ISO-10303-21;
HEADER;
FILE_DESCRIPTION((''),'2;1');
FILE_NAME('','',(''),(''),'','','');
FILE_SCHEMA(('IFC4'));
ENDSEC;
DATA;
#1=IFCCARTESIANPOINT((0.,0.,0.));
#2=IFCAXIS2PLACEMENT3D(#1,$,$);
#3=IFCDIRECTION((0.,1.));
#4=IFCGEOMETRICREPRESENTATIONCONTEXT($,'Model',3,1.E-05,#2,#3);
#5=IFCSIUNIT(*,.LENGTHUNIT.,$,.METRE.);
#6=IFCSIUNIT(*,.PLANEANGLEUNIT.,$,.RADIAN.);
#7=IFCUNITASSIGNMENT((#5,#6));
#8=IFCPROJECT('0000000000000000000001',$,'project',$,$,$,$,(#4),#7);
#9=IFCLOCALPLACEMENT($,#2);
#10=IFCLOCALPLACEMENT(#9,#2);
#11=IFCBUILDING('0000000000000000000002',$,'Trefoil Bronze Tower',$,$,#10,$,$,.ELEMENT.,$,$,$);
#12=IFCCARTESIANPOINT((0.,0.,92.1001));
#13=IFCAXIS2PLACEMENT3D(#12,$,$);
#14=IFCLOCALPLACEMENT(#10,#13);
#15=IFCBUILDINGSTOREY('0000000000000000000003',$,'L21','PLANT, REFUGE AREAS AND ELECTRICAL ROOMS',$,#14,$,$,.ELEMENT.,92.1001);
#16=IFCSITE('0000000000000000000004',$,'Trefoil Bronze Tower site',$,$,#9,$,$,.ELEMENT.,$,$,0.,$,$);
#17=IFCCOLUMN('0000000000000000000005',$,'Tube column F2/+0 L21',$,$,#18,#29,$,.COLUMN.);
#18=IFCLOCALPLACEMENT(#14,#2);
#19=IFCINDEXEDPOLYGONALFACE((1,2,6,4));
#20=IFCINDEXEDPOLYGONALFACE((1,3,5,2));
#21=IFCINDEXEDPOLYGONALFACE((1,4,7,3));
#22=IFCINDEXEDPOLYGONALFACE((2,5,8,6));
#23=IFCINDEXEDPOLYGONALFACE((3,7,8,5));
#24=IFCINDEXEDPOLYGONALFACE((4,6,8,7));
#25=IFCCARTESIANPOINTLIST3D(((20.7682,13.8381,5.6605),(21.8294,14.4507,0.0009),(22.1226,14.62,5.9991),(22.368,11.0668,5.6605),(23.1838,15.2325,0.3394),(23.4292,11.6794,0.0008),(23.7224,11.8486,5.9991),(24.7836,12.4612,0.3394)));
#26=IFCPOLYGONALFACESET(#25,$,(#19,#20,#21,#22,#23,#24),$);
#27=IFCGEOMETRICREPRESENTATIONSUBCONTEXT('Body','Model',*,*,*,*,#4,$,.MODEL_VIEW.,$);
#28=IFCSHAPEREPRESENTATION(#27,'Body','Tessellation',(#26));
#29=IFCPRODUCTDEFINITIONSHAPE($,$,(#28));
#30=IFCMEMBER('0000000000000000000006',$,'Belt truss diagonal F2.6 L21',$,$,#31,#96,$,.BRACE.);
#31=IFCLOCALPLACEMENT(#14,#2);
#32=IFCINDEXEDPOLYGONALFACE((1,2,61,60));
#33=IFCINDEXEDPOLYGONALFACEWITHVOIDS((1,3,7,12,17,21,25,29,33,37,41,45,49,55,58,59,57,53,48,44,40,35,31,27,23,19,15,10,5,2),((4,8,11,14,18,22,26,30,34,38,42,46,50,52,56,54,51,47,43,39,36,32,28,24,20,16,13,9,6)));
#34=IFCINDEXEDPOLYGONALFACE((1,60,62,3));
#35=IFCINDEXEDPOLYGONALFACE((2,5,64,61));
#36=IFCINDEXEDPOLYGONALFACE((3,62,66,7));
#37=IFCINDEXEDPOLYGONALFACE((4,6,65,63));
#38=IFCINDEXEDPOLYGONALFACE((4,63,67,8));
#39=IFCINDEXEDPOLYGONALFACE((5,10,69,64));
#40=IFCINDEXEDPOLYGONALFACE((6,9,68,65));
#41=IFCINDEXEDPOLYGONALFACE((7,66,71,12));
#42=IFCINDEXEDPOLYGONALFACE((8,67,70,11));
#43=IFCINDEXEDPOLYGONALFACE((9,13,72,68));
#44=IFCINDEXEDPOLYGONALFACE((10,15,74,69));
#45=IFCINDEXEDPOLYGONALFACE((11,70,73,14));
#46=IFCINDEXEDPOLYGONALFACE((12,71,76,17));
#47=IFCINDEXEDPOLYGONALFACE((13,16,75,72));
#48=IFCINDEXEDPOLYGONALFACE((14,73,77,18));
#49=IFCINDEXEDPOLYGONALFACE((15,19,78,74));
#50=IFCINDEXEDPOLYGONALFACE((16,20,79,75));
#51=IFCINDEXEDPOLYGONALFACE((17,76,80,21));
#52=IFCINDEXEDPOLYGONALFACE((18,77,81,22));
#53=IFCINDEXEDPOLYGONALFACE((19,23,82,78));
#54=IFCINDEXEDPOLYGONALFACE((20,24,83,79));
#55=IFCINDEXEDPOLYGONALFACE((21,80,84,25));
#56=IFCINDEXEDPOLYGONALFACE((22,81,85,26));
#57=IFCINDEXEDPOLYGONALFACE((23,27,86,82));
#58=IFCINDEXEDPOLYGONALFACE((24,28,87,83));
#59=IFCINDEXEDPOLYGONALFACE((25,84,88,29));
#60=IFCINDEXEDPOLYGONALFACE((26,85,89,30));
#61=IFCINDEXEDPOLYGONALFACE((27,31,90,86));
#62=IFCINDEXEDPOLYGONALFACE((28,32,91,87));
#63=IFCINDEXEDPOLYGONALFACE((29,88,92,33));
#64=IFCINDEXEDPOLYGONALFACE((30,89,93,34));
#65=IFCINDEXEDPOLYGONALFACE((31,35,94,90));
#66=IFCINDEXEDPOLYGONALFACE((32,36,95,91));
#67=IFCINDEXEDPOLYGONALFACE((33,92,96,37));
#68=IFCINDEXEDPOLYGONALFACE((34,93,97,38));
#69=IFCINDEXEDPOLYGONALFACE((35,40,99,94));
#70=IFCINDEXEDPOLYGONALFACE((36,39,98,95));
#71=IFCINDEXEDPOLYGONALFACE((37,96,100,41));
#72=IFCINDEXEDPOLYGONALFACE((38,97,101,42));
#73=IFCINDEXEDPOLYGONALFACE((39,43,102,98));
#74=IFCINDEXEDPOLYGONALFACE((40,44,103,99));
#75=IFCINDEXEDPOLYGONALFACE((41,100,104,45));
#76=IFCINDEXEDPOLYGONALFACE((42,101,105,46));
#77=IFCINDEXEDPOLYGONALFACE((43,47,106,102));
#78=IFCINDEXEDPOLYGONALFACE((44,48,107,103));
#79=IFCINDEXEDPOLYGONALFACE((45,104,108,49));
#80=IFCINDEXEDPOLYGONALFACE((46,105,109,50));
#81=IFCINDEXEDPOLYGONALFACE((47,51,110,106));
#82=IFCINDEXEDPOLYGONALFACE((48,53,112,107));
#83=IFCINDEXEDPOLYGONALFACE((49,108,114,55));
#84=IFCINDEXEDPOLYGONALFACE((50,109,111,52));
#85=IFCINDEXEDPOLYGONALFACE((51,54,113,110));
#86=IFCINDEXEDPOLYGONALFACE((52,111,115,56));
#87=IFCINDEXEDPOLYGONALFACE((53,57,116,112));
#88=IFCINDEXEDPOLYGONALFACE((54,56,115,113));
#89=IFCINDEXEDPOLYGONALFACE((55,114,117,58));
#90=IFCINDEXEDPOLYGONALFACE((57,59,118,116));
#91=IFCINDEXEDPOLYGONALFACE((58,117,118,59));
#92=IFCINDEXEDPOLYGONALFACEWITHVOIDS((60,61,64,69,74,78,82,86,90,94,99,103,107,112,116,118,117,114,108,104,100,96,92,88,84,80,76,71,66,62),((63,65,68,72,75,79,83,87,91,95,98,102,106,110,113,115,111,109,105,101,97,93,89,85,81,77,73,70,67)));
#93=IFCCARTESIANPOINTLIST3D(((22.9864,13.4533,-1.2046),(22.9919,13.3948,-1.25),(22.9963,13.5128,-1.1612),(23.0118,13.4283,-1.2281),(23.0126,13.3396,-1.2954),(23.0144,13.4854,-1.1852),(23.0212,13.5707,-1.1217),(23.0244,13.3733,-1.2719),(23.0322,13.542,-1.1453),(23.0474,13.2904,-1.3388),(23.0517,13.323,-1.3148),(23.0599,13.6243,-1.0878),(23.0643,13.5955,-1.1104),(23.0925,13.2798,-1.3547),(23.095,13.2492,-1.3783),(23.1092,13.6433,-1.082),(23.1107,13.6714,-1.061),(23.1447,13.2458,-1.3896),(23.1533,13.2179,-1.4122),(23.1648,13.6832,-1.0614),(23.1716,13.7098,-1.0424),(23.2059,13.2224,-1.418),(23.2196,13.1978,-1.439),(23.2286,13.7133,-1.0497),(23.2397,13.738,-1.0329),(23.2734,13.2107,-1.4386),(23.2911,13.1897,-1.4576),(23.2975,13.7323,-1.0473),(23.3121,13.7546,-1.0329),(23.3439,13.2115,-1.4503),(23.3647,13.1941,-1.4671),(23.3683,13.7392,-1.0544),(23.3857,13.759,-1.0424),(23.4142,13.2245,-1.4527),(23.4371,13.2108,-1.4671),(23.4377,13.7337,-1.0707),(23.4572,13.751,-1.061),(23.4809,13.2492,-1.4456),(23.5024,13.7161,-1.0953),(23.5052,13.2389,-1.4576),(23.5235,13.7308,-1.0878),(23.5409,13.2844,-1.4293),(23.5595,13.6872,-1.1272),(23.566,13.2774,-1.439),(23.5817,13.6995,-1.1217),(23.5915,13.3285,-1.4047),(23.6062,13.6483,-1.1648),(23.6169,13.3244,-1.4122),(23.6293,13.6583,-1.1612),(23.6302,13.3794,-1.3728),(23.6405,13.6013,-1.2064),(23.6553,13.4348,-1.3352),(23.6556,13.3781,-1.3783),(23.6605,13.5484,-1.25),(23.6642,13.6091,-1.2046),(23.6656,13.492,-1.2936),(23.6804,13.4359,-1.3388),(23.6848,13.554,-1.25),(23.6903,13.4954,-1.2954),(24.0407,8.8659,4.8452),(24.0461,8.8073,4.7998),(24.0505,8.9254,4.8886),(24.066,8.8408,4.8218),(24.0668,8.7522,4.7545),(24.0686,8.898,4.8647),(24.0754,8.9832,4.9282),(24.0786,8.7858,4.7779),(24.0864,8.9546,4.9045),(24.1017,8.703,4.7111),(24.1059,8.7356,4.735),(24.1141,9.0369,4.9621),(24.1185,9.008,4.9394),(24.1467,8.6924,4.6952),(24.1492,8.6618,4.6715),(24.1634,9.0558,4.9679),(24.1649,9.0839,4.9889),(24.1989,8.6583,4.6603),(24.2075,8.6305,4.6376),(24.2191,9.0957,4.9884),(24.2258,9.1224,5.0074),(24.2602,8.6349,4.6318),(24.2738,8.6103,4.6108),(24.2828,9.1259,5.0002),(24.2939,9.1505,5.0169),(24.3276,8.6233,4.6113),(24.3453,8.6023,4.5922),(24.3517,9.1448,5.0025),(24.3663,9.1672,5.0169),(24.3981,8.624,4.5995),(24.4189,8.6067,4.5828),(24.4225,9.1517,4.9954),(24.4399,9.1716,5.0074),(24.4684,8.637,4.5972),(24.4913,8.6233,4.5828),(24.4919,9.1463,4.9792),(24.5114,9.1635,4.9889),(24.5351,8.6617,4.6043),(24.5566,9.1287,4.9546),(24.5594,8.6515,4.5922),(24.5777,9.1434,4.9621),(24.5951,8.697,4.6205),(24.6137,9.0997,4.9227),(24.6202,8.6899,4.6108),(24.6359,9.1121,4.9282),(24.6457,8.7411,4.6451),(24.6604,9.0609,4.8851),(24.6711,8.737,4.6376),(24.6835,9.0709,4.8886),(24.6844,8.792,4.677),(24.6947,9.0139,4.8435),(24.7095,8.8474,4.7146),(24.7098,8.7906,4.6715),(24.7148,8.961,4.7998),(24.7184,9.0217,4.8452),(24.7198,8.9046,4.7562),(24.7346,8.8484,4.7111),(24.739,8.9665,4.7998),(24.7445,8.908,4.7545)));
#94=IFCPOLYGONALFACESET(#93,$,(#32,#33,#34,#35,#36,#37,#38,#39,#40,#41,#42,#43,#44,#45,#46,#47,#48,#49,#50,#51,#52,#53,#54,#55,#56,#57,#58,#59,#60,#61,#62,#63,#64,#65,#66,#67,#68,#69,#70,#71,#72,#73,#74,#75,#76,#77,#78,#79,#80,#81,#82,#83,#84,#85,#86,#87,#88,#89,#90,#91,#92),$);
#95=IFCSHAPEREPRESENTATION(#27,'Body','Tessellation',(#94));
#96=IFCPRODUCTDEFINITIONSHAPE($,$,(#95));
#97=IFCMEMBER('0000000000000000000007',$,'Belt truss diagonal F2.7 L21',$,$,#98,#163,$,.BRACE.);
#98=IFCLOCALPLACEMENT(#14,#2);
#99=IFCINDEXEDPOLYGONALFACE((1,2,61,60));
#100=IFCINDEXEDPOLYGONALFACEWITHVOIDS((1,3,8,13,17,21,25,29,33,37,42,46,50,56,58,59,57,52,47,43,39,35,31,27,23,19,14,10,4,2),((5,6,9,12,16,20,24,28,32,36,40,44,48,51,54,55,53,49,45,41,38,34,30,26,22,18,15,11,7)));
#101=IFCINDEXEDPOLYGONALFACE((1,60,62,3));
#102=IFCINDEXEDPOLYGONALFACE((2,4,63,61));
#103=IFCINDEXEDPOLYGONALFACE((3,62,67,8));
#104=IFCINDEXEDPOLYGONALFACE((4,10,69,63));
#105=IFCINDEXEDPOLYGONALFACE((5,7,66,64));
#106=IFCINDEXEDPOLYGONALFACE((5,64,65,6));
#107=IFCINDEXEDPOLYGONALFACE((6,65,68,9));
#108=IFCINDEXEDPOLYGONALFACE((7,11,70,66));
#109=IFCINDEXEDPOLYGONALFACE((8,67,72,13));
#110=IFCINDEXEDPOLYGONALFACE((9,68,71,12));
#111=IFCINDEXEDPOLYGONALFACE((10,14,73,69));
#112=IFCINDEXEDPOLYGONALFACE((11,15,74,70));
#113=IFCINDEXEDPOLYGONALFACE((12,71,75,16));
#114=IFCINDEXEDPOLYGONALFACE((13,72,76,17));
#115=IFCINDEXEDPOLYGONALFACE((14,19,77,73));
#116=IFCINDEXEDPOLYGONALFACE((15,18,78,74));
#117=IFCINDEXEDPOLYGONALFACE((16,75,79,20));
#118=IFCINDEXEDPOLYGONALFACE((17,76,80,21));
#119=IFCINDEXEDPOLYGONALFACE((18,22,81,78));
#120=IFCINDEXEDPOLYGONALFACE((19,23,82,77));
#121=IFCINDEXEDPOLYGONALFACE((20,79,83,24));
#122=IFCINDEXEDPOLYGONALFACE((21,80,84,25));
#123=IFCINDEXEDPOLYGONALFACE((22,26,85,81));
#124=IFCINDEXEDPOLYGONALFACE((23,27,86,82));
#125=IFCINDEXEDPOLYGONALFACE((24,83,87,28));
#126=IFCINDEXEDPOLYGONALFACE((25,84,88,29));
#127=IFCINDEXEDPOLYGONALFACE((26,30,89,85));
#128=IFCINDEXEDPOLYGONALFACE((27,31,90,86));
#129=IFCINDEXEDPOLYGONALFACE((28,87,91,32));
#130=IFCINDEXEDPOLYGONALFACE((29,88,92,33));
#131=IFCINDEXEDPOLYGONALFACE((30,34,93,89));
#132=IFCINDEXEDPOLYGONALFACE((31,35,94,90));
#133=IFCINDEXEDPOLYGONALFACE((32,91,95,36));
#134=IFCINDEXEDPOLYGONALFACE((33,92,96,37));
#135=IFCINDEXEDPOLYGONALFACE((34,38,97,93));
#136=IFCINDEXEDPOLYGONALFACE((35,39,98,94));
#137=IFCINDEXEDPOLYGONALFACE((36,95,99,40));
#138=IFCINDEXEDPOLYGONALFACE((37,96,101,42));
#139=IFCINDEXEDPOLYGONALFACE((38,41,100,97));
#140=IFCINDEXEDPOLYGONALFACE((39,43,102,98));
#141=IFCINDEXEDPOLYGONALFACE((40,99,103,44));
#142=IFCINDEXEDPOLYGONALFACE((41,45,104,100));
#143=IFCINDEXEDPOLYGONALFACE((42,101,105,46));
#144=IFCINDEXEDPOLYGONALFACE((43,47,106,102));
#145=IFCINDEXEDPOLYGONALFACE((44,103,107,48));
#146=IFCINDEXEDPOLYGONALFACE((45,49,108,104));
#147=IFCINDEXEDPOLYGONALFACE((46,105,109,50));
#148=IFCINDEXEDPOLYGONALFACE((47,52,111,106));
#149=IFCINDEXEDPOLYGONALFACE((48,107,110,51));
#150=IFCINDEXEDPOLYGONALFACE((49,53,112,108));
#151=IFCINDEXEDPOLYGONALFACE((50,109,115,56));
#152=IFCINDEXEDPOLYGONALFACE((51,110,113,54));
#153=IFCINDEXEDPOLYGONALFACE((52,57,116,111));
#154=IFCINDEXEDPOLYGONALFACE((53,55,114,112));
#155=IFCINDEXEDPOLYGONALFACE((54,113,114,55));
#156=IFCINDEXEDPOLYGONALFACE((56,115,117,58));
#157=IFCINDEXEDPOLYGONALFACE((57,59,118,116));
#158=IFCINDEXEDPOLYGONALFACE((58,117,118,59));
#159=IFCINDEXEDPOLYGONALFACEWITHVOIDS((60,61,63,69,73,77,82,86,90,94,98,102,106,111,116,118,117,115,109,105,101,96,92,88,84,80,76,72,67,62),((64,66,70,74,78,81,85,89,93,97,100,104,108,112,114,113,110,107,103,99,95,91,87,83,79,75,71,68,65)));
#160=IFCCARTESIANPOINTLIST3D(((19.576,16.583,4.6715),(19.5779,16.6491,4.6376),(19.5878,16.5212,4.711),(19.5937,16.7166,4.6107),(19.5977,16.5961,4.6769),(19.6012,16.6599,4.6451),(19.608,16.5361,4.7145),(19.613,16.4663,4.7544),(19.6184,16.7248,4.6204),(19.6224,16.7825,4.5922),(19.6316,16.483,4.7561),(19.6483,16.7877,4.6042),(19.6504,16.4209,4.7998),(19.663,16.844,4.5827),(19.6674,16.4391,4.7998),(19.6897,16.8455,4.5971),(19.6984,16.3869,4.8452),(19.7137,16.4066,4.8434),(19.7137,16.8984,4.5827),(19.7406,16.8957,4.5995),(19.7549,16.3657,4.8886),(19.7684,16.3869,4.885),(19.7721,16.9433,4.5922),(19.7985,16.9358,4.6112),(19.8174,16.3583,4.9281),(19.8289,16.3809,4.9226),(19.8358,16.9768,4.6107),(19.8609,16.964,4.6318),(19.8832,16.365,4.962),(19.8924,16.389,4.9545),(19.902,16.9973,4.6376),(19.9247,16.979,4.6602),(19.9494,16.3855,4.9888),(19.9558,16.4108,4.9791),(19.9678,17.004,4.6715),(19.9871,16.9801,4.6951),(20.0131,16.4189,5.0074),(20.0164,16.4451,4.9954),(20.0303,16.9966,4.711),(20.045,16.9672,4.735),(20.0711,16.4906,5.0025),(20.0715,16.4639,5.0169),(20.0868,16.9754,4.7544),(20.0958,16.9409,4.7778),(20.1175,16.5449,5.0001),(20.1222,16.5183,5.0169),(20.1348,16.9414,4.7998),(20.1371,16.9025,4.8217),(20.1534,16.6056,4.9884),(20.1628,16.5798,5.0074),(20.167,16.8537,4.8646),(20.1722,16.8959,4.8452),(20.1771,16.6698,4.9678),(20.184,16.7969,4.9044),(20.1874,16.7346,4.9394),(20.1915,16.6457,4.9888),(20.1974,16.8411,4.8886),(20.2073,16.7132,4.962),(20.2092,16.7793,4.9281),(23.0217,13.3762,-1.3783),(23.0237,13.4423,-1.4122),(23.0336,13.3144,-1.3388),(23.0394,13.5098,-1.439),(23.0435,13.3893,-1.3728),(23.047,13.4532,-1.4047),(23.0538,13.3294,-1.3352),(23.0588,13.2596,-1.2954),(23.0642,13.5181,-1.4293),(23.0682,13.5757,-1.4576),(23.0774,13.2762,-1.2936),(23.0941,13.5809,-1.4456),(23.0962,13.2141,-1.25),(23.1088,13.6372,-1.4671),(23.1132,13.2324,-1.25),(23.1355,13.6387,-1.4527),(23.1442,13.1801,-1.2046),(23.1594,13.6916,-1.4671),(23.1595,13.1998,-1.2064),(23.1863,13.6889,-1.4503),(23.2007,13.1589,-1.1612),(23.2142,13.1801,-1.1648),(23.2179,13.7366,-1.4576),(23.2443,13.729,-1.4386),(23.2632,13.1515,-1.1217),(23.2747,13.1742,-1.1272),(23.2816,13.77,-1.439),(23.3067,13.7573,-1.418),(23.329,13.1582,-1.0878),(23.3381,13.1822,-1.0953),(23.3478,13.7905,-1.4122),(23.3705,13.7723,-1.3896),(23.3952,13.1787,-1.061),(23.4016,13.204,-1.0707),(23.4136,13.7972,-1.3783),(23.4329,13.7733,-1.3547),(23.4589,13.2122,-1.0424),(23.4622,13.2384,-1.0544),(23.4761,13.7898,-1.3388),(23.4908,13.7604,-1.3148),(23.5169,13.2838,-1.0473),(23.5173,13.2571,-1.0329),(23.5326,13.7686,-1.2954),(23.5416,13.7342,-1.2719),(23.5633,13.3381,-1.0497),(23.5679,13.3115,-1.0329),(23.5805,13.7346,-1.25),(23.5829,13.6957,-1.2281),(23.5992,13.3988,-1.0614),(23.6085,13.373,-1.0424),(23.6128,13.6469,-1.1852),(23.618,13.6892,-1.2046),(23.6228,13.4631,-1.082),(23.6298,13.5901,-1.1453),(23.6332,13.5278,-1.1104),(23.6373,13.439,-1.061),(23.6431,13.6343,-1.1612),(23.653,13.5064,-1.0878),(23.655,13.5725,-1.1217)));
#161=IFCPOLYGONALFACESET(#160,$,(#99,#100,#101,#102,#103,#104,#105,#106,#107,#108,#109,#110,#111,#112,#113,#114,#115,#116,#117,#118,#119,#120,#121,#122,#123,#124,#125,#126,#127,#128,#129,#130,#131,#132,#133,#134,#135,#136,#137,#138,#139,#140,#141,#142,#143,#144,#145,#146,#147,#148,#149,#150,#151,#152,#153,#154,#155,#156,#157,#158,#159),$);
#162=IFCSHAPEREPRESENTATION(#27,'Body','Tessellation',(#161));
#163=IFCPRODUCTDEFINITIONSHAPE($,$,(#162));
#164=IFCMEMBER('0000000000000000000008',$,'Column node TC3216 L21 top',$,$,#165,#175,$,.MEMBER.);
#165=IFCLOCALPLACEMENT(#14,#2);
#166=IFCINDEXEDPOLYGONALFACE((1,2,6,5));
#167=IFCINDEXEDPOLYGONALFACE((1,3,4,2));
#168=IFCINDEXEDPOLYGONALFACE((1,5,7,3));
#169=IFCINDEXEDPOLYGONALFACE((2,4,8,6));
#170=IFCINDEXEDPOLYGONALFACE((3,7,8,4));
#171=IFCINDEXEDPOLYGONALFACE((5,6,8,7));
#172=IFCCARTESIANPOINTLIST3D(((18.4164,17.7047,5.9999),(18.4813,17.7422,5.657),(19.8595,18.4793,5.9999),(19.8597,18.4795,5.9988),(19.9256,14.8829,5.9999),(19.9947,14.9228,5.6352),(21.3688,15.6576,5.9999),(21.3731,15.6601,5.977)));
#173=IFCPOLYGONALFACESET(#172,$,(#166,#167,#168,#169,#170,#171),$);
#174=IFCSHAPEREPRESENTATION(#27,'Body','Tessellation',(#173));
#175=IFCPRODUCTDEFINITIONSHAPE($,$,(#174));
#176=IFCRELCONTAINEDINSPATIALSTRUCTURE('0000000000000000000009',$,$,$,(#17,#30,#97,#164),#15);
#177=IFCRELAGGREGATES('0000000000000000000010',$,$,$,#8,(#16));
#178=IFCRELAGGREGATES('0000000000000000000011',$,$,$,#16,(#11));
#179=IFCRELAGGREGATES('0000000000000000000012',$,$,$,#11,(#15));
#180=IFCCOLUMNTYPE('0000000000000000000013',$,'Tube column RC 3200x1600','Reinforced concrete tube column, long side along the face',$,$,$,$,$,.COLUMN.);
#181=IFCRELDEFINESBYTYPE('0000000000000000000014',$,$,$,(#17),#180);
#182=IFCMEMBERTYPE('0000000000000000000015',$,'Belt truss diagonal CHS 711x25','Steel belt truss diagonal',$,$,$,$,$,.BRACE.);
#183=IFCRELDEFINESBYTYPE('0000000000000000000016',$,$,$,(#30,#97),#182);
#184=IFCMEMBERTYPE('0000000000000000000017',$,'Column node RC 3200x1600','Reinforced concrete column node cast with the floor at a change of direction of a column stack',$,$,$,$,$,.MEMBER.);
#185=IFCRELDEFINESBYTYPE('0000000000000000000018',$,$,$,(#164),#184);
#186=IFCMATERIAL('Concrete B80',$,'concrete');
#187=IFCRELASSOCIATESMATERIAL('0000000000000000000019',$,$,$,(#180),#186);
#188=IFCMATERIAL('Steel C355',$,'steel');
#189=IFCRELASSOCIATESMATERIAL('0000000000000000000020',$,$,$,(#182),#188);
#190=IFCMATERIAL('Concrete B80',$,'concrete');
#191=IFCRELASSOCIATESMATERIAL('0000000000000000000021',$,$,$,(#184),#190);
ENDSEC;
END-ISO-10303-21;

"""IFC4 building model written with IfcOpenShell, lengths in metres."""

from ifc_helpers import new_model, si_unit, direction, frame, origin, origin_2d, place, context, subcontext, project, spatial, rectangle, hollow_circle, extrude, clip, halfspace, material, material_profile, profile_set, type_object, element, save


model = new_model("IFC4")

# Units and contexts
model_context = context("Model", 3, precision=1e-05, world=origin(), true_north=direction((0.0, 1.0)))
body_context = subcontext(model_context, "Body", "Model", "MODEL_VIEW")
ifc_project = project(units=[si_unit("LENGTHUNIT", "METRE"), si_unit("PLANEANGLEUNIT", "RADIAN")], contexts=[model_context])

# Site, building, storey
site_placement = place(None, origin())
site = spatial("IfcSite", under=ifc_project, at=site_placement, Name="Trefoil Bronze Tower site", CompositionType="ELEMENT", RefElevation=0.0)
building_placement = place(site_placement, origin())
building = spatial("IfcBuilding", under=site, at=building_placement, Name="Trefoil Bronze Tower", CompositionType="ELEMENT")
storey_placement = place(building_placement, frame((0.0, 0.0, 92.1001)))
storey = spatial("IfcBuildingStorey", under=building, at=storey_placement, Name="L21", Description="PLANT, REFUGE AREAS AND ELECTRICAL ROOMS", CompositionType="ELEMENT", Elevation=92.1001)

# Column
ifc_material_1 = material(Name="Concrete B80", Category="concrete")
ifc_material_profile_1 = material_profile(ifc_material_1, rectangle(XDim=3.2, YDim=1.6001, at=origin_2d()), Name="RC 3200x1600")
ifc_profile_set_1 = profile_set([ifc_material_profile_1], Name="Concrete B80")
column_type = type_object("IfcColumnType", Name="Tube column RC 3200x1600", Description="Reinforced concrete tube column, long side along the face", PredefinedType="COLUMN", material=ifc_profile_set_1)
column_1_placement = place(storey_placement, frame((23.3384, 13.4744, 0.0), z_axis=(-0.183254, -0.105785, 0.977357), x_axis=(-0.499939, 0.86606, 0.0)))
element("IfcColumn", 1, at=column_1_placement, inside=storey, type_object=column_type, Name="Tube column F2/+0 L21", PredefinedType="COLUMN", context=body_context, shape_type="Clipping", body=[
    clip(clip(extrude(rectangle(XDim=3.2, YDim=1.6001, at=origin_2d()), origin(), (0.0, 0.0, 1.0), 6.1389), halfspace(frame((0.0, 0.0, 0.1741), z_axis=(-0.000015, 0.000008, 1.0), x_axis=(0.0, 1.0, -0.000008)), True)), halfspace(frame((0.0, 0.0002, 5.9648), z_axis=(0.000015, -0.000008, -1.0), x_axis=(0.0, -1.0, 0.000008)), True)),
])

# Members
ifc_material_2 = material(Name="Steel C355", Category="steel")
ifc_material_profile_2 = material_profile(ifc_material_2, hollow_circle(Radius=0.3555, WallThickness=0.0249, at=origin_2d()), Name="CHS 711x25")
ifc_profile_set_2 = profile_set([ifc_material_profile_2], Name="Steel C355")
member_type_1 = type_object("IfcMemberType", Name="Belt truss diagonal CHS 711x25", Description="Steel belt truss diagonal", PredefinedType="BRACE", material=ifc_profile_set_2)
for number, where, z_axis, x_axis, name in (
    (2, (23.3384, 13.4744, -1.25), (0.13753, -0.598469, 0.789253), (0.974597, 0.223965, 0.0), "Belt truss diagonal F2.6 L21"),
    (3, (23.3384, 13.4744, -1.25), (-0.449531, 0.41835, 0.789243), (-0.681262, -0.732039, 0.0), "Belt truss diagonal F2.7 L21"),
):
    element("IfcMember", number, at=place(storey_placement, frame(where, z_axis=z_axis, x_axis=x_axis)), inside=storey, type_object=member_type_1, Name=name, PredefinedType="BRACE", context=body_context, shape_type="SweptSolid", body=[
        extrude(hollow_circle(Radius=0.3555, WallThickness=0.0249, at=origin_2d()), origin(), (0.0, 0.0, 1.0), 7.6653),
    ])
ifc_material_3 = material(Name="Concrete B80", Category="concrete")
ifc_material_profile_3 = material_profile(ifc_material_3, rectangle(XDim=3.2, YDim=1.6001, at=origin_2d()), Name="RC 3200x1600")
ifc_profile_set_3 = profile_set([ifc_material_profile_3], Name="Concrete B80")
member_type_2 = type_object("IfcMemberType", Name="Column node RC 3200x1600", Description="Reinforced concrete column node cast with the floor at a change of direction of a column stack", PredefinedType="MEMBER", material=ifc_profile_set_3)
member_1_placement = place(storey_placement, frame((19.8579, 16.6611, 6.1829), z_axis=(0.185082, 0.106878, -0.976894), x_axis=(0.472936, -0.881071, -0.006792)))
element("IfcMember", 4, at=member_1_placement, inside=storey, type_object=member_type_2, Name="Column node TC3216 L21 top", PredefinedType="MEMBER", context=body_context, shape_type="Clipping", body=[
    clip(extrude(rectangle(XDim=3.2, YDim=1.6001, at=origin_2d()), origin(), (0.0, 0.0, 1.0), 0.3745), halfspace(frame((0.0, 0.0, 0.1873), z_axis=(0.006792, 0.213617, 0.976894), x_axis=(0.0, 0.976916, -0.213622)), True)),
])

save(model, "model.ifc")
